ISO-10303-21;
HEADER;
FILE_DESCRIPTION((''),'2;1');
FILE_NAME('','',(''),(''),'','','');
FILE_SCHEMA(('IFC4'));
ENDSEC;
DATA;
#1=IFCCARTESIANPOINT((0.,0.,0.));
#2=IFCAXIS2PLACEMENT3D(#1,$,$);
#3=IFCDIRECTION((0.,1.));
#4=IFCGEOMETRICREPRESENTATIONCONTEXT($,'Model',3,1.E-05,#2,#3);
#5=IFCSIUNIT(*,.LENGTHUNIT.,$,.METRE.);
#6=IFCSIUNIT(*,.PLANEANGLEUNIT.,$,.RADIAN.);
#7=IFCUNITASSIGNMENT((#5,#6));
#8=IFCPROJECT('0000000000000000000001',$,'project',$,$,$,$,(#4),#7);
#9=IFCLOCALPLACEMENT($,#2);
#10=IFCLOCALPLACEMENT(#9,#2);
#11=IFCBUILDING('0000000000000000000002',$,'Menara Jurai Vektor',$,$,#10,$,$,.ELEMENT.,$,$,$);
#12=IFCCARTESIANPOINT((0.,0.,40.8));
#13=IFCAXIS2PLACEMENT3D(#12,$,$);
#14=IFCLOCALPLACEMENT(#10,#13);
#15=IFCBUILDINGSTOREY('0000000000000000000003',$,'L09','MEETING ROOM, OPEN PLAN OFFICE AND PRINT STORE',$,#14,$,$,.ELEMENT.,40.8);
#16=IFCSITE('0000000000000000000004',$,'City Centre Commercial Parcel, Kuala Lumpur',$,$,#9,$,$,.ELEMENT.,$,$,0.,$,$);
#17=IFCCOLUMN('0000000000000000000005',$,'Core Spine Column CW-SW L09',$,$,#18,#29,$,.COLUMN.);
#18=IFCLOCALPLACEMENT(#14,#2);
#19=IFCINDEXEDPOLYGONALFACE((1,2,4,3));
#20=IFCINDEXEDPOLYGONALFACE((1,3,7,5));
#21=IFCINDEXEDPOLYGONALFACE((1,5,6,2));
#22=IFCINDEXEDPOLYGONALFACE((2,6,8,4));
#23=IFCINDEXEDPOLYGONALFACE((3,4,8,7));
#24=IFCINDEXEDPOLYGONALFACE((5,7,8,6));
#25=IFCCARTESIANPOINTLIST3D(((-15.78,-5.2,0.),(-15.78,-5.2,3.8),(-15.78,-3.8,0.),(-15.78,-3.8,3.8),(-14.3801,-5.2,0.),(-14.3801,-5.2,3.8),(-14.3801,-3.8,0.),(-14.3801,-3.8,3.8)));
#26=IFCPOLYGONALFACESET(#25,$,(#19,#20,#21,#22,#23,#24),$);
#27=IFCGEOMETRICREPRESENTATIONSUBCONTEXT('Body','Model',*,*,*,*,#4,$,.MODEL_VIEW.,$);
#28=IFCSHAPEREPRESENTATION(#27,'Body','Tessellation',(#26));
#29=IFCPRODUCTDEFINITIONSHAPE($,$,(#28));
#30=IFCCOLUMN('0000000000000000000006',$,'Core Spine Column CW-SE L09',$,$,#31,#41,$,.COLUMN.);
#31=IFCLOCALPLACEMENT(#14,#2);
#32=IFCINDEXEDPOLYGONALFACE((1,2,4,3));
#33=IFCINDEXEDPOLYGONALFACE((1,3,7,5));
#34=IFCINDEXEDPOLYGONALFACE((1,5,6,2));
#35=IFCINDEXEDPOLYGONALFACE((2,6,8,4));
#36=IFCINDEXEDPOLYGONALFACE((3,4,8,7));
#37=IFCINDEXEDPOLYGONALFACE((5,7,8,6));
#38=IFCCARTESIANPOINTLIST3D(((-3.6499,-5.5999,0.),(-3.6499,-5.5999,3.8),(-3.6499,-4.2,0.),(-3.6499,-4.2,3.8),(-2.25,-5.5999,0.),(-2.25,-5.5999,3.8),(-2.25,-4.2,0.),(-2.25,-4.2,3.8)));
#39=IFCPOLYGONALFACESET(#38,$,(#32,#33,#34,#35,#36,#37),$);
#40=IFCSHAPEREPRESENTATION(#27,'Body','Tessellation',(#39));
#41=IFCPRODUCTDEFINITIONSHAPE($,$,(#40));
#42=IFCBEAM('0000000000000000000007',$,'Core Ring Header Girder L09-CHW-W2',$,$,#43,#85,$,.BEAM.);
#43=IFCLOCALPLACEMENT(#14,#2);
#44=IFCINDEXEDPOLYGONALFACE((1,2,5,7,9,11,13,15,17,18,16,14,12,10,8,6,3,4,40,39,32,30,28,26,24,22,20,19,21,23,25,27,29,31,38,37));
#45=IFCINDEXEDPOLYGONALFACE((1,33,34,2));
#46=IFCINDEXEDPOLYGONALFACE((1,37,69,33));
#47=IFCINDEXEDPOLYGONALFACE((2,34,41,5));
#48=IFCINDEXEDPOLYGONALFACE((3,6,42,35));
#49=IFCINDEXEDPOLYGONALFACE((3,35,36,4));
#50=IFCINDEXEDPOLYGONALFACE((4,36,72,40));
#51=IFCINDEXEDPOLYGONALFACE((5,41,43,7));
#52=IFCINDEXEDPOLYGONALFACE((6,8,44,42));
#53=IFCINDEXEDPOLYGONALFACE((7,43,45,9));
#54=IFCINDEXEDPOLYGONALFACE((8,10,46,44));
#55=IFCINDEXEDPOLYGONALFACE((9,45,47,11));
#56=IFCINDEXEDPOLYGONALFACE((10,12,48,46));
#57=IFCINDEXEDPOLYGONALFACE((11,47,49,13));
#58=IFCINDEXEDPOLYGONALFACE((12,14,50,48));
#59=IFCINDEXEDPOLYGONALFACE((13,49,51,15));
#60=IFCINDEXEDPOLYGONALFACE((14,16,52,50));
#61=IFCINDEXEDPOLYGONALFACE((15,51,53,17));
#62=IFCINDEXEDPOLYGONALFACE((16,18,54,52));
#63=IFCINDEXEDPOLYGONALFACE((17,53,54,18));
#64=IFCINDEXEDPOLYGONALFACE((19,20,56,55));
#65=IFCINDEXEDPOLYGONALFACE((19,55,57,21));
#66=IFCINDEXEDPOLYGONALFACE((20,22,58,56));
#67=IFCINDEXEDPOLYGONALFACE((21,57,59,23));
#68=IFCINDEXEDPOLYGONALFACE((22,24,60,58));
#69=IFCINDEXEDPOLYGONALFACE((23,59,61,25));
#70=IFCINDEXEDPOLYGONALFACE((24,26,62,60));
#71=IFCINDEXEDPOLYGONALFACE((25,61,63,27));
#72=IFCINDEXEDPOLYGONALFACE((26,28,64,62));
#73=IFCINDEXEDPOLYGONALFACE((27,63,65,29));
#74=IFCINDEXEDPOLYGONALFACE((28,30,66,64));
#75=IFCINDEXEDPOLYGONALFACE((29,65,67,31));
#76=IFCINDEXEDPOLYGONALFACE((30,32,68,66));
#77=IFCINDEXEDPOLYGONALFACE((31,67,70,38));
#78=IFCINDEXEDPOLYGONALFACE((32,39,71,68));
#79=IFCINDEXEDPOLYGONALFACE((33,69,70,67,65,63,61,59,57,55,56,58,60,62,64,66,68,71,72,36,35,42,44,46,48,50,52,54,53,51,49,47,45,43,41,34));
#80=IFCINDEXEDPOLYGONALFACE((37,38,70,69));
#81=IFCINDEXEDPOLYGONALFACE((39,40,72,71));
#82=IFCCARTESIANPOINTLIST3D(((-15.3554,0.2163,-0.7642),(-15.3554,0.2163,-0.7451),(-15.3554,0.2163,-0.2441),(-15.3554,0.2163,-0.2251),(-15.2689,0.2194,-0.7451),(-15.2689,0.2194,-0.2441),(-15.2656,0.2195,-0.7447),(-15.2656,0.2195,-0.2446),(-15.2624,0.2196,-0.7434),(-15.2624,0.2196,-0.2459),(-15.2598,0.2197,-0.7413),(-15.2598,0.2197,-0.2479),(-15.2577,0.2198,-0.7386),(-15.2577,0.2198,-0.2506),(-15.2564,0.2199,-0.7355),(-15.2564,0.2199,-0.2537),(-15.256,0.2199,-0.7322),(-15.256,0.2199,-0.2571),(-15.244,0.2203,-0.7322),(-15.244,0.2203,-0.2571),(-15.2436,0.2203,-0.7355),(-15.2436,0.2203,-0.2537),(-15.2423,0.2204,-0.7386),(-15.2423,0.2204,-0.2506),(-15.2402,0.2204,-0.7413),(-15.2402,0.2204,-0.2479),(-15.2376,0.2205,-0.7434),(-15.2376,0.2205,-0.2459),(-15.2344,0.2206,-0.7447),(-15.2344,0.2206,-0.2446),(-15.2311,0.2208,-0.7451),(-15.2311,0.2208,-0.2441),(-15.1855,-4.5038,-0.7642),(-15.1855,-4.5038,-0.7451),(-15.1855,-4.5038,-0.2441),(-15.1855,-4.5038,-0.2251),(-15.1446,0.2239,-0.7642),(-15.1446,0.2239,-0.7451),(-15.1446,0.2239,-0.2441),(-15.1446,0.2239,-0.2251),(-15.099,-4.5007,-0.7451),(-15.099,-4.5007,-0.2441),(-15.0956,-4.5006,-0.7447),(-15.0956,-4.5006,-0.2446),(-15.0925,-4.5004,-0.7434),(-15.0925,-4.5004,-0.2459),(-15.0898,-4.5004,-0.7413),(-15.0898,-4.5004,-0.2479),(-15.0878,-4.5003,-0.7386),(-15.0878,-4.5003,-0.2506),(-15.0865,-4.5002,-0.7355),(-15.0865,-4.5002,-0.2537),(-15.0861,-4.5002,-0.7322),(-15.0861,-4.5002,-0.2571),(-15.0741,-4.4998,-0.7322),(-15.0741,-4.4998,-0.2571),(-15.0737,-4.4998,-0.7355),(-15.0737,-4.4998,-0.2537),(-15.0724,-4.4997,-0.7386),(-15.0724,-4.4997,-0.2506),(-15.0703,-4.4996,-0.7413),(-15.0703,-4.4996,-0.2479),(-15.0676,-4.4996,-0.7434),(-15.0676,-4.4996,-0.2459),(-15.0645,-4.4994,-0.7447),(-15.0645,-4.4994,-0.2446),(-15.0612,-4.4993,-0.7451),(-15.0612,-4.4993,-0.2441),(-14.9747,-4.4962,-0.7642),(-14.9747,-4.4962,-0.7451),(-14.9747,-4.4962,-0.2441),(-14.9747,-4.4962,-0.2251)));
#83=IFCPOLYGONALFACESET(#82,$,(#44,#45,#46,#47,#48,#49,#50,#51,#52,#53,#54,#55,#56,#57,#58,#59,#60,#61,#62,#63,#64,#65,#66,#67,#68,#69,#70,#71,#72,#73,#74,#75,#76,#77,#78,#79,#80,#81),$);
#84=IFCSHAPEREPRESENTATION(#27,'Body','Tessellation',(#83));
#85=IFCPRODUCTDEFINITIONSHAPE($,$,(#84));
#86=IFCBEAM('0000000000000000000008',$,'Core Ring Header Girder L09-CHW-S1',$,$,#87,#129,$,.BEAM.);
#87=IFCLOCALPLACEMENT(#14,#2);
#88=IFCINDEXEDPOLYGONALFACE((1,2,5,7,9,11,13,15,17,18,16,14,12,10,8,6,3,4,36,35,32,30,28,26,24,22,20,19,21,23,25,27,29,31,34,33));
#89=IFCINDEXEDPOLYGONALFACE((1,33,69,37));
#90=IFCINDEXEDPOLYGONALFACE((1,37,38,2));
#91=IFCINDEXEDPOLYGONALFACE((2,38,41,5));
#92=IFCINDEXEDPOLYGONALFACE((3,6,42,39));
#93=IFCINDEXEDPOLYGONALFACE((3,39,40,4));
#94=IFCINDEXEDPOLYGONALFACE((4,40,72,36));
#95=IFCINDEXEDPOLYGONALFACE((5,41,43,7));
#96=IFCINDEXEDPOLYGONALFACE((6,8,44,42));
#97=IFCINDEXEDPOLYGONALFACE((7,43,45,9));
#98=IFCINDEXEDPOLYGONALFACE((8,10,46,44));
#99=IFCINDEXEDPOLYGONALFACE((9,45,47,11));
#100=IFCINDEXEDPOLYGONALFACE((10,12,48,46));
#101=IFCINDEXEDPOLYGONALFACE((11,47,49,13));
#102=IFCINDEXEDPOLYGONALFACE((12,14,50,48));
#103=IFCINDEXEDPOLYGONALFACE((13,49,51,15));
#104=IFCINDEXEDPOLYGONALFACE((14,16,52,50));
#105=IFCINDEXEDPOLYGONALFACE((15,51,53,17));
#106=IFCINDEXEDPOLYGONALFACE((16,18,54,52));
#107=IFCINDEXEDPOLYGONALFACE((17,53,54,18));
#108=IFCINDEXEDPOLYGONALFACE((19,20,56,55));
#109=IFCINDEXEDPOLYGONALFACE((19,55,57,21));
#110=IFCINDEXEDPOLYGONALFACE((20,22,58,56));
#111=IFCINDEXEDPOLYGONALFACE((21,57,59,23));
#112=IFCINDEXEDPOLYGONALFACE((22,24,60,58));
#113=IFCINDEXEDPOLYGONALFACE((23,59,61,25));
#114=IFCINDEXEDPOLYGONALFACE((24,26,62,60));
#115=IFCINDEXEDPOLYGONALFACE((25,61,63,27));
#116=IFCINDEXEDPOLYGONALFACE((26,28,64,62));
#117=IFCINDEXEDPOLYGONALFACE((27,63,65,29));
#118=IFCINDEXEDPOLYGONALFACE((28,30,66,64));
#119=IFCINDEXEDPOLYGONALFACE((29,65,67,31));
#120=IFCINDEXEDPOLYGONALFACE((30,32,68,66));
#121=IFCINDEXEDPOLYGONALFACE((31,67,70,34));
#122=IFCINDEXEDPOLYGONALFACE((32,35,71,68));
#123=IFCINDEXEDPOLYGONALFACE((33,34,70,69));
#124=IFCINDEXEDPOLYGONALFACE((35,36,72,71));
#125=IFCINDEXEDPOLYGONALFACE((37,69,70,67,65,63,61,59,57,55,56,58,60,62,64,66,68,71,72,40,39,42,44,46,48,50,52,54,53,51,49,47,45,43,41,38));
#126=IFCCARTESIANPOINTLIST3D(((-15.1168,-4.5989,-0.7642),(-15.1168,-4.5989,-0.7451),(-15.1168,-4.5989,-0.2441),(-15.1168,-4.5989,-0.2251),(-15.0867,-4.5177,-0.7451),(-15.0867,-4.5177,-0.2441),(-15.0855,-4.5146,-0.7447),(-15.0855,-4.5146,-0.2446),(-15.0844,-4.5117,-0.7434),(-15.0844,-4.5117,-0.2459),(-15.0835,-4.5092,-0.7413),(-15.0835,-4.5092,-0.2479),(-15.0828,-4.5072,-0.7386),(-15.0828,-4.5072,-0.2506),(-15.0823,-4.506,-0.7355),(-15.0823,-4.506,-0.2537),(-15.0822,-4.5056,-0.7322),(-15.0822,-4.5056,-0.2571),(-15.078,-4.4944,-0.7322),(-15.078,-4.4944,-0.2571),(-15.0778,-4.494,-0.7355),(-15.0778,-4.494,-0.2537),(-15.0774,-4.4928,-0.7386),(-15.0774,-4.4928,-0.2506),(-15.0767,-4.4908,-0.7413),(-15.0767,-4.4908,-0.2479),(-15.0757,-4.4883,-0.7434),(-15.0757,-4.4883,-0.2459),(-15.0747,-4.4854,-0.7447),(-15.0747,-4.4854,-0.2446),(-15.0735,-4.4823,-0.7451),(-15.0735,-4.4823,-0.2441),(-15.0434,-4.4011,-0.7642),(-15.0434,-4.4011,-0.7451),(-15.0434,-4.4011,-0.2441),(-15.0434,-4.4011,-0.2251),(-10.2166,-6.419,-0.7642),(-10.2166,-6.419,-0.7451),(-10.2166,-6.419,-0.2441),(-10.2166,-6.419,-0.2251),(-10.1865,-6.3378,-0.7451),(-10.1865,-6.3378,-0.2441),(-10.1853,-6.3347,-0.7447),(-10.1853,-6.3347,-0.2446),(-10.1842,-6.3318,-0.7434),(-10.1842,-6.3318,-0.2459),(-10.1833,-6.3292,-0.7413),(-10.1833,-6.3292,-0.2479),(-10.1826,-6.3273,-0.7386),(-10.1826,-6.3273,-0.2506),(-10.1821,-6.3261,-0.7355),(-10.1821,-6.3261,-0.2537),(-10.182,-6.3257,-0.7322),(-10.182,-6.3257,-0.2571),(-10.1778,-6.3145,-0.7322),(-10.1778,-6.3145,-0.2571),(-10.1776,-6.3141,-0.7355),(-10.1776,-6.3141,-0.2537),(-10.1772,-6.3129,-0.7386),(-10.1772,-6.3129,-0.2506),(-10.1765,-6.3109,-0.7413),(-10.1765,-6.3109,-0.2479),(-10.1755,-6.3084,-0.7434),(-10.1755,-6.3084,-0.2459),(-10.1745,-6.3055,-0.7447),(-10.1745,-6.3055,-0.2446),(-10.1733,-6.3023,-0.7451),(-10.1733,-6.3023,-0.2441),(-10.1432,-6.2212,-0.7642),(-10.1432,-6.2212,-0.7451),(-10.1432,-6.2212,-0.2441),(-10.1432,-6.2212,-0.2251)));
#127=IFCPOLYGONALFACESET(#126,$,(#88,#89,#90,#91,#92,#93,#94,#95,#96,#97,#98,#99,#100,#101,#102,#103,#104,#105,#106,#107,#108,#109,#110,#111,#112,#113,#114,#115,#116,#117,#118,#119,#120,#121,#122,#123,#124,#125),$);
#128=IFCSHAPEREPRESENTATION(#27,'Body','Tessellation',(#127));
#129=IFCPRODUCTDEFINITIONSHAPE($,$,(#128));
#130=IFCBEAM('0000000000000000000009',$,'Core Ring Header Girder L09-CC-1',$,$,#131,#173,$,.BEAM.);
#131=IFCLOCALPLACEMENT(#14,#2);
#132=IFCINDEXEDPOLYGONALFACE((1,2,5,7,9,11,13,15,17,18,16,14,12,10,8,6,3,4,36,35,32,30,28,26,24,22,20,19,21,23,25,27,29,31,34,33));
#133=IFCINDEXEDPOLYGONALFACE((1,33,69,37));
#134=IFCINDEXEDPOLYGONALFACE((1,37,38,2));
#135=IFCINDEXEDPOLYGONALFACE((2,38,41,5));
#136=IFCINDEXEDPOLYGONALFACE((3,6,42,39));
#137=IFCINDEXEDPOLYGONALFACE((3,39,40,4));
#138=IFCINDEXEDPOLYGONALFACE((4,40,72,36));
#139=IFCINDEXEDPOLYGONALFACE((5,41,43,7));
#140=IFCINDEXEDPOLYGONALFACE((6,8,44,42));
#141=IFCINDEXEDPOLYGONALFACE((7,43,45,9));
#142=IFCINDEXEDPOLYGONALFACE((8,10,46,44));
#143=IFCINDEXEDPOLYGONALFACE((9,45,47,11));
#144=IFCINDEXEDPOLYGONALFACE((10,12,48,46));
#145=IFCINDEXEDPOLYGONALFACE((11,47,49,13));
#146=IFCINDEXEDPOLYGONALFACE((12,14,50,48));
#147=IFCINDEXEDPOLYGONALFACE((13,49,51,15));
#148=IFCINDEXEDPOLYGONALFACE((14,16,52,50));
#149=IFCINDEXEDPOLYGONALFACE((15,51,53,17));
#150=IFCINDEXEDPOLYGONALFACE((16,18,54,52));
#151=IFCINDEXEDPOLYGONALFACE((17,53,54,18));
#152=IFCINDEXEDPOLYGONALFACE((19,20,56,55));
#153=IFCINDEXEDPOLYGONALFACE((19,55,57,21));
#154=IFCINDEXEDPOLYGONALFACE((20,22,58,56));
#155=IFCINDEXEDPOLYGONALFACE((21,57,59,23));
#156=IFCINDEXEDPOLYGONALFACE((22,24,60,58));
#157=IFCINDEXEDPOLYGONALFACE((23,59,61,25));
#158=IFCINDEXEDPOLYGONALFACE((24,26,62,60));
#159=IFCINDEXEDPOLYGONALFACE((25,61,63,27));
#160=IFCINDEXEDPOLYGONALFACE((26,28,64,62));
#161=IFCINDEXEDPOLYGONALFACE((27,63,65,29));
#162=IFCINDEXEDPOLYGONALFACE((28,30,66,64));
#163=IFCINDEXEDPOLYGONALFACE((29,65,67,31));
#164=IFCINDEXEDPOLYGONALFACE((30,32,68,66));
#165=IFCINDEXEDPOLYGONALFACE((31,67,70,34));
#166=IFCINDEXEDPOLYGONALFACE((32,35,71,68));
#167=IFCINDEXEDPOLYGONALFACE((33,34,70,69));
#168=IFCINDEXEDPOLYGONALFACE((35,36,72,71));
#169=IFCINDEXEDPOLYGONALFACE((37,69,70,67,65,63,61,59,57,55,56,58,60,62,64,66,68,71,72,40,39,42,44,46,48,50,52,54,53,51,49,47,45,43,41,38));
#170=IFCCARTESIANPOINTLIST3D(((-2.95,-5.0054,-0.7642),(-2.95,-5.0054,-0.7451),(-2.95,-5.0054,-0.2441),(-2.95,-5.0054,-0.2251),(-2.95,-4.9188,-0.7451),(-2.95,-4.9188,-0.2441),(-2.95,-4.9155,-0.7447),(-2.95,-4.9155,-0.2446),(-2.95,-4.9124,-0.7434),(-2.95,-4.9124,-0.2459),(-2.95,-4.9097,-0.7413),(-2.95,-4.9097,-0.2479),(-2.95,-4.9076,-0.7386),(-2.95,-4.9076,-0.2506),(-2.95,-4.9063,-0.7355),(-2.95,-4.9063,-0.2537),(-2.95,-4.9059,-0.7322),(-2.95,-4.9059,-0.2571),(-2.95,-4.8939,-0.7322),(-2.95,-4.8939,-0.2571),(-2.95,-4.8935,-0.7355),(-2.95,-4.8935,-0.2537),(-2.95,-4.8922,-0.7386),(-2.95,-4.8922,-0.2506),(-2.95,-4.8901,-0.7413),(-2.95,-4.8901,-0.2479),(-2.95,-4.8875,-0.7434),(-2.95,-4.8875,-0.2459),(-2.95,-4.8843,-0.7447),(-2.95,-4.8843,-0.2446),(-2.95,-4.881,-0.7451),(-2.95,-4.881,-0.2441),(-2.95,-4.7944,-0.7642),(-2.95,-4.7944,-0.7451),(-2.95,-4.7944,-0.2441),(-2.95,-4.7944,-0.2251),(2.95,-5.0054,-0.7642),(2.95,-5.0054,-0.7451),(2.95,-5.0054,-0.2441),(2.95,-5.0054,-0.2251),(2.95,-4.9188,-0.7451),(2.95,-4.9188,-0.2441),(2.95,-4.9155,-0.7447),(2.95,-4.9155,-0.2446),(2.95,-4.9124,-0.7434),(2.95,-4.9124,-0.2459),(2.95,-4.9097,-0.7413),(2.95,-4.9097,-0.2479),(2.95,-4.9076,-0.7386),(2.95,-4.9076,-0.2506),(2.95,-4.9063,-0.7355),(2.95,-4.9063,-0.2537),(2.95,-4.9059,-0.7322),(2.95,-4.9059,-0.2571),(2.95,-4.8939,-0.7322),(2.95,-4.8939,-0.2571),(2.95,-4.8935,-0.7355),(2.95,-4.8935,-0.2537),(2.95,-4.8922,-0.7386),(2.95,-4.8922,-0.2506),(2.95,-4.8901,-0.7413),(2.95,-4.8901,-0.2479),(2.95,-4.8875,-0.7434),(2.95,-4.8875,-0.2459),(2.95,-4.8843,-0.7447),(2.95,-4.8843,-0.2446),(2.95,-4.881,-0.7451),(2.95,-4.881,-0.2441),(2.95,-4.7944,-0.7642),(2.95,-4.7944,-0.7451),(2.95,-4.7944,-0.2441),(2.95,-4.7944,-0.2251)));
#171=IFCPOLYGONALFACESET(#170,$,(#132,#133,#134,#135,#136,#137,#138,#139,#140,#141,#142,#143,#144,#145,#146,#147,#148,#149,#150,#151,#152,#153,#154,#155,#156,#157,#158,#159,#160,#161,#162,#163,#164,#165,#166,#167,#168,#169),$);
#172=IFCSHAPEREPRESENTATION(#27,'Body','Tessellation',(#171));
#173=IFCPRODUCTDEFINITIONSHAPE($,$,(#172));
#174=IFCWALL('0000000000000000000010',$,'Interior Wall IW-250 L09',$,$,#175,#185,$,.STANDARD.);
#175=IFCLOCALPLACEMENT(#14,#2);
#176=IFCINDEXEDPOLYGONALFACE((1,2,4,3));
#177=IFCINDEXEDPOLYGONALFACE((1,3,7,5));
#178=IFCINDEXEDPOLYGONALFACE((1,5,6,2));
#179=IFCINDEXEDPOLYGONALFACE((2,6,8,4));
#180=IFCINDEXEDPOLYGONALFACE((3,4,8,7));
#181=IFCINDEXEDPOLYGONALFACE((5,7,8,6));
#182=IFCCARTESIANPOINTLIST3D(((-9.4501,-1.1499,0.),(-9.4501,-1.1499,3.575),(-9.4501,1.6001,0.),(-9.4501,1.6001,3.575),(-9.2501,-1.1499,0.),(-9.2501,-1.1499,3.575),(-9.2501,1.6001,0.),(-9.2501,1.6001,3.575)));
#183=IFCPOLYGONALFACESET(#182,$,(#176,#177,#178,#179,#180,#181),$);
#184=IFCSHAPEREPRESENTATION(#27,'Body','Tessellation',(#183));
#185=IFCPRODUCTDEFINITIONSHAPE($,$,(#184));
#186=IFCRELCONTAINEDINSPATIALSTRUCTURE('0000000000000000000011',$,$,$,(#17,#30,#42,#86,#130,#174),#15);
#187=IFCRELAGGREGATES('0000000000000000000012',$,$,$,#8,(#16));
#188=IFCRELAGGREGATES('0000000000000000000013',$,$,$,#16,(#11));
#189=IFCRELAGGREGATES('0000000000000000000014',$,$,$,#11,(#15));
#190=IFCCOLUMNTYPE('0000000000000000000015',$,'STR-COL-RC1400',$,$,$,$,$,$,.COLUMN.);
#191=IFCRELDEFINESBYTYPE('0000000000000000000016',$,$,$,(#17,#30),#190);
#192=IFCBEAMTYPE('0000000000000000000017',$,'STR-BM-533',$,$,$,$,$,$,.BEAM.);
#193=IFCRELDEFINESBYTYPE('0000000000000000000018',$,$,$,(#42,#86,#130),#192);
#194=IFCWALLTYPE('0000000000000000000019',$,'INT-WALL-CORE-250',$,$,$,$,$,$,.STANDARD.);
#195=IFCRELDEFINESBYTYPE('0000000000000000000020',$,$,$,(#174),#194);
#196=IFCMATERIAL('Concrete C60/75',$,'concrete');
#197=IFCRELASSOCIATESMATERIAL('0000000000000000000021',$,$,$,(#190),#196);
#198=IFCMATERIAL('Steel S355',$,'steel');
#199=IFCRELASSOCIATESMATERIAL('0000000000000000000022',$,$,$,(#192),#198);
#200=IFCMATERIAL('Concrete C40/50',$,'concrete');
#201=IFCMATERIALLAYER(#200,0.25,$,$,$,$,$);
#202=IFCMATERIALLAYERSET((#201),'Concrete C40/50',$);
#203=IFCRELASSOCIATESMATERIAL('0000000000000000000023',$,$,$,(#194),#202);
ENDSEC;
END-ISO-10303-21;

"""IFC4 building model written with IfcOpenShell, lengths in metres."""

from ifc_helpers import new_model, si_unit, direction, frame, frame_2d, origin, origin_2d, place, context, subcontext, project, spatial, rectangle, i_section, extrude, material, layer, layer_set, material_profile, profile_set, type_object, element, save


model = new_model("IFC4")

# Units and contexts
model_context = context("Model", 3, precision=1e-05, world=origin(), true_north=direction((0.0, 1.0)))
body_context = subcontext(model_context, "Body", "Model", "MODEL_VIEW")
ifc_project = project(units=[si_unit("LENGTHUNIT", "METRE"), si_unit("PLANEANGLEUNIT", "RADIAN")], contexts=[model_context])

# Site, building, storey
site_placement = place(None, origin())
site = spatial("IfcSite", under=ifc_project, at=site_placement, Name="City Centre Commercial Parcel, Kuala Lumpur", CompositionType="ELEMENT", RefElevation=0.0)
building_placement = place(site_placement, origin())
building = spatial("IfcBuilding", under=site, at=building_placement, Name="Menara Jurai Vektor", CompositionType="ELEMENT")
storey_placement = place(building_placement, frame((0.0, 0.0, 40.8)))
storey = spatial("IfcBuildingStorey", under=building, at=storey_placement, Name="L09", Description="MEETING ROOM, OPEN PLAN OFFICE AND PRINT STORE", CompositionType="ELEMENT", Elevation=40.8)

# Columns
ifc_material_1 = material(Name="Concrete C60/75", Category="concrete")
ifc_material_profile_1 = material_profile(ifc_material_1, rectangle(XDim=1.3999, YDim=1.3999, at=origin_2d()), Name="RC 1400x1400")
ifc_profile_set_1 = profile_set([ifc_material_profile_1], Name="Concrete C60/75")
column_type = type_object("IfcColumnType", Name="STR-COL-RC1400", PredefinedType="COLUMN", material=ifc_profile_set_1)
for number, where, z_axis, x_axis, name in (
    (1, (-15.0801, -4.5, 0.0), (0.0, 0.0, 1.0), (1.0, 0.0, 0.0), "Core Spine Column CW-SW L09"),
    (2, (-2.95, -4.8999, 0.0), (0.0, 0.0, 1.0), (1.0, 0.0, 0.0), "Core Spine Column CW-SE L09"),
):
    element("IfcColumn", number, at=place(storey_placement, frame(where, z_axis=z_axis, x_axis=x_axis)), inside=storey, type_object=column_type, Name=name, PredefinedType="COLUMN", context=body_context, shape_type="SweptSolid", body=[
        extrude(rectangle(XDim=1.3999, YDim=1.3999, at=origin_2d()), origin(), (0.0, 0.0, 1.0), 3.8),
    ])

# Beams
ifc_material_2 = material(Name="Steel S355", Category="steel")
ifc_material_profile_2 = material_profile(ifc_material_2, i_section(OverallWidth=0.2109, OverallDepth=0.5391, WebThickness=0.012, FlangeThickness=0.019, FilletRadius=0.0129, at=origin_2d()), Name="UKB 533x210x109")
ifc_profile_set_2 = profile_set([ifc_material_profile_2], Name="Steel S355")
beam_type = type_object("IfcBeamType", Name="STR-BM-533", PredefinedType="BEAM", material=ifc_profile_set_2)
beam_1_placement = place(storey_placement, frame((-15.0801, -4.5, -0.4946), z_axis=(-0.035977, 0.999353, 0.0), x_axis=(-0.999353, -0.035977, 0.0)))
element("IfcBeam", 3, at=beam_1_placement, inside=storey, type_object=beam_type, Name="Core Ring Header Girder L09-CHW-W2", PredefinedType="BEAM", context=body_context, shape_type="SweptSolid", body=[
    extrude(i_section(OverallWidth=0.2109, OverallDepth=0.5391, WebThickness=0.012, FlangeThickness=0.019, FilletRadius=0.0129, at=origin_2d()), origin(), (0.0, 0.0, 1.0), 4.7231),
])
beam_2_placement = place(storey_placement, frame((-15.0801, -4.5, -0.4946), z_axis=(0.937424, -0.348189, 0.0), x_axis=(0.348189, 0.937424, 0.0)))
element("IfcBeam", 4, at=beam_2_placement, inside=storey, type_object=beam_type, Name="Core Ring Header Girder L09-CHW-S1", PredefinedType="BEAM", context=body_context, shape_type="SweptSolid", body=[
    extrude(i_section(OverallWidth=0.2109, OverallDepth=0.5391, WebThickness=0.012, FlangeThickness=0.019, FilletRadius=0.0129, at=origin_2d()), origin(), (0.0, 0.0, 1.0), 5.2273),
])
beam_3_placement = place(storey_placement, frame((-2.95, -4.8999, -0.4946), z_axis=(1.0, 0.0, 0.0), x_axis=(0.0, 1.0, 0.0)))
element("IfcBeam", 5, at=beam_3_placement, inside=storey, type_object=beam_type, Name="Core Ring Header Girder L09-CC-1", PredefinedType="BEAM", context=body_context, shape_type="SweptSolid", body=[
    extrude(i_section(OverallWidth=0.2109, OverallDepth=0.5391, WebThickness=0.012, FlangeThickness=0.019, FilletRadius=0.0129, at=origin_2d()), origin(), (0.0, 0.0, 1.0), 5.8999),
])

# Shared definitions
ifc_material_3 = material(Name="Concrete C40/50", Category="concrete")
ifc_layer_1 = layer(ifc_material_3, 0.25)
ifc_layer_set_1 = layer_set([ifc_layer_1], Name="Concrete C40/50")
wall_type_1 = type_object("IfcWallType", Name="INT-WALL-CORE-250", PredefinedType="STANDARD", material=ifc_layer_set_1)

# Wall
wall_1_placement = place(storey_placement, frame((-9.3501, -1.1499, 0.0), z_axis=(0.0, 0.0, 1.0), x_axis=(0.0, 1.0, 0.0)))
element("IfcWall", 6, at=wall_1_placement, inside=storey, type_object=wall_type_1, Name="Interior Wall IW-250 L09", PredefinedType="STANDARD", context=body_context, shape_type="SweptSolid", body=[
    extrude(rectangle(XDim=2.75, YDim=0.2, at=frame_2d((1.375, 0.0))), origin(), (0.0, 0.0, 1.0), 3.575),
])

save(model, "model.ifc")
